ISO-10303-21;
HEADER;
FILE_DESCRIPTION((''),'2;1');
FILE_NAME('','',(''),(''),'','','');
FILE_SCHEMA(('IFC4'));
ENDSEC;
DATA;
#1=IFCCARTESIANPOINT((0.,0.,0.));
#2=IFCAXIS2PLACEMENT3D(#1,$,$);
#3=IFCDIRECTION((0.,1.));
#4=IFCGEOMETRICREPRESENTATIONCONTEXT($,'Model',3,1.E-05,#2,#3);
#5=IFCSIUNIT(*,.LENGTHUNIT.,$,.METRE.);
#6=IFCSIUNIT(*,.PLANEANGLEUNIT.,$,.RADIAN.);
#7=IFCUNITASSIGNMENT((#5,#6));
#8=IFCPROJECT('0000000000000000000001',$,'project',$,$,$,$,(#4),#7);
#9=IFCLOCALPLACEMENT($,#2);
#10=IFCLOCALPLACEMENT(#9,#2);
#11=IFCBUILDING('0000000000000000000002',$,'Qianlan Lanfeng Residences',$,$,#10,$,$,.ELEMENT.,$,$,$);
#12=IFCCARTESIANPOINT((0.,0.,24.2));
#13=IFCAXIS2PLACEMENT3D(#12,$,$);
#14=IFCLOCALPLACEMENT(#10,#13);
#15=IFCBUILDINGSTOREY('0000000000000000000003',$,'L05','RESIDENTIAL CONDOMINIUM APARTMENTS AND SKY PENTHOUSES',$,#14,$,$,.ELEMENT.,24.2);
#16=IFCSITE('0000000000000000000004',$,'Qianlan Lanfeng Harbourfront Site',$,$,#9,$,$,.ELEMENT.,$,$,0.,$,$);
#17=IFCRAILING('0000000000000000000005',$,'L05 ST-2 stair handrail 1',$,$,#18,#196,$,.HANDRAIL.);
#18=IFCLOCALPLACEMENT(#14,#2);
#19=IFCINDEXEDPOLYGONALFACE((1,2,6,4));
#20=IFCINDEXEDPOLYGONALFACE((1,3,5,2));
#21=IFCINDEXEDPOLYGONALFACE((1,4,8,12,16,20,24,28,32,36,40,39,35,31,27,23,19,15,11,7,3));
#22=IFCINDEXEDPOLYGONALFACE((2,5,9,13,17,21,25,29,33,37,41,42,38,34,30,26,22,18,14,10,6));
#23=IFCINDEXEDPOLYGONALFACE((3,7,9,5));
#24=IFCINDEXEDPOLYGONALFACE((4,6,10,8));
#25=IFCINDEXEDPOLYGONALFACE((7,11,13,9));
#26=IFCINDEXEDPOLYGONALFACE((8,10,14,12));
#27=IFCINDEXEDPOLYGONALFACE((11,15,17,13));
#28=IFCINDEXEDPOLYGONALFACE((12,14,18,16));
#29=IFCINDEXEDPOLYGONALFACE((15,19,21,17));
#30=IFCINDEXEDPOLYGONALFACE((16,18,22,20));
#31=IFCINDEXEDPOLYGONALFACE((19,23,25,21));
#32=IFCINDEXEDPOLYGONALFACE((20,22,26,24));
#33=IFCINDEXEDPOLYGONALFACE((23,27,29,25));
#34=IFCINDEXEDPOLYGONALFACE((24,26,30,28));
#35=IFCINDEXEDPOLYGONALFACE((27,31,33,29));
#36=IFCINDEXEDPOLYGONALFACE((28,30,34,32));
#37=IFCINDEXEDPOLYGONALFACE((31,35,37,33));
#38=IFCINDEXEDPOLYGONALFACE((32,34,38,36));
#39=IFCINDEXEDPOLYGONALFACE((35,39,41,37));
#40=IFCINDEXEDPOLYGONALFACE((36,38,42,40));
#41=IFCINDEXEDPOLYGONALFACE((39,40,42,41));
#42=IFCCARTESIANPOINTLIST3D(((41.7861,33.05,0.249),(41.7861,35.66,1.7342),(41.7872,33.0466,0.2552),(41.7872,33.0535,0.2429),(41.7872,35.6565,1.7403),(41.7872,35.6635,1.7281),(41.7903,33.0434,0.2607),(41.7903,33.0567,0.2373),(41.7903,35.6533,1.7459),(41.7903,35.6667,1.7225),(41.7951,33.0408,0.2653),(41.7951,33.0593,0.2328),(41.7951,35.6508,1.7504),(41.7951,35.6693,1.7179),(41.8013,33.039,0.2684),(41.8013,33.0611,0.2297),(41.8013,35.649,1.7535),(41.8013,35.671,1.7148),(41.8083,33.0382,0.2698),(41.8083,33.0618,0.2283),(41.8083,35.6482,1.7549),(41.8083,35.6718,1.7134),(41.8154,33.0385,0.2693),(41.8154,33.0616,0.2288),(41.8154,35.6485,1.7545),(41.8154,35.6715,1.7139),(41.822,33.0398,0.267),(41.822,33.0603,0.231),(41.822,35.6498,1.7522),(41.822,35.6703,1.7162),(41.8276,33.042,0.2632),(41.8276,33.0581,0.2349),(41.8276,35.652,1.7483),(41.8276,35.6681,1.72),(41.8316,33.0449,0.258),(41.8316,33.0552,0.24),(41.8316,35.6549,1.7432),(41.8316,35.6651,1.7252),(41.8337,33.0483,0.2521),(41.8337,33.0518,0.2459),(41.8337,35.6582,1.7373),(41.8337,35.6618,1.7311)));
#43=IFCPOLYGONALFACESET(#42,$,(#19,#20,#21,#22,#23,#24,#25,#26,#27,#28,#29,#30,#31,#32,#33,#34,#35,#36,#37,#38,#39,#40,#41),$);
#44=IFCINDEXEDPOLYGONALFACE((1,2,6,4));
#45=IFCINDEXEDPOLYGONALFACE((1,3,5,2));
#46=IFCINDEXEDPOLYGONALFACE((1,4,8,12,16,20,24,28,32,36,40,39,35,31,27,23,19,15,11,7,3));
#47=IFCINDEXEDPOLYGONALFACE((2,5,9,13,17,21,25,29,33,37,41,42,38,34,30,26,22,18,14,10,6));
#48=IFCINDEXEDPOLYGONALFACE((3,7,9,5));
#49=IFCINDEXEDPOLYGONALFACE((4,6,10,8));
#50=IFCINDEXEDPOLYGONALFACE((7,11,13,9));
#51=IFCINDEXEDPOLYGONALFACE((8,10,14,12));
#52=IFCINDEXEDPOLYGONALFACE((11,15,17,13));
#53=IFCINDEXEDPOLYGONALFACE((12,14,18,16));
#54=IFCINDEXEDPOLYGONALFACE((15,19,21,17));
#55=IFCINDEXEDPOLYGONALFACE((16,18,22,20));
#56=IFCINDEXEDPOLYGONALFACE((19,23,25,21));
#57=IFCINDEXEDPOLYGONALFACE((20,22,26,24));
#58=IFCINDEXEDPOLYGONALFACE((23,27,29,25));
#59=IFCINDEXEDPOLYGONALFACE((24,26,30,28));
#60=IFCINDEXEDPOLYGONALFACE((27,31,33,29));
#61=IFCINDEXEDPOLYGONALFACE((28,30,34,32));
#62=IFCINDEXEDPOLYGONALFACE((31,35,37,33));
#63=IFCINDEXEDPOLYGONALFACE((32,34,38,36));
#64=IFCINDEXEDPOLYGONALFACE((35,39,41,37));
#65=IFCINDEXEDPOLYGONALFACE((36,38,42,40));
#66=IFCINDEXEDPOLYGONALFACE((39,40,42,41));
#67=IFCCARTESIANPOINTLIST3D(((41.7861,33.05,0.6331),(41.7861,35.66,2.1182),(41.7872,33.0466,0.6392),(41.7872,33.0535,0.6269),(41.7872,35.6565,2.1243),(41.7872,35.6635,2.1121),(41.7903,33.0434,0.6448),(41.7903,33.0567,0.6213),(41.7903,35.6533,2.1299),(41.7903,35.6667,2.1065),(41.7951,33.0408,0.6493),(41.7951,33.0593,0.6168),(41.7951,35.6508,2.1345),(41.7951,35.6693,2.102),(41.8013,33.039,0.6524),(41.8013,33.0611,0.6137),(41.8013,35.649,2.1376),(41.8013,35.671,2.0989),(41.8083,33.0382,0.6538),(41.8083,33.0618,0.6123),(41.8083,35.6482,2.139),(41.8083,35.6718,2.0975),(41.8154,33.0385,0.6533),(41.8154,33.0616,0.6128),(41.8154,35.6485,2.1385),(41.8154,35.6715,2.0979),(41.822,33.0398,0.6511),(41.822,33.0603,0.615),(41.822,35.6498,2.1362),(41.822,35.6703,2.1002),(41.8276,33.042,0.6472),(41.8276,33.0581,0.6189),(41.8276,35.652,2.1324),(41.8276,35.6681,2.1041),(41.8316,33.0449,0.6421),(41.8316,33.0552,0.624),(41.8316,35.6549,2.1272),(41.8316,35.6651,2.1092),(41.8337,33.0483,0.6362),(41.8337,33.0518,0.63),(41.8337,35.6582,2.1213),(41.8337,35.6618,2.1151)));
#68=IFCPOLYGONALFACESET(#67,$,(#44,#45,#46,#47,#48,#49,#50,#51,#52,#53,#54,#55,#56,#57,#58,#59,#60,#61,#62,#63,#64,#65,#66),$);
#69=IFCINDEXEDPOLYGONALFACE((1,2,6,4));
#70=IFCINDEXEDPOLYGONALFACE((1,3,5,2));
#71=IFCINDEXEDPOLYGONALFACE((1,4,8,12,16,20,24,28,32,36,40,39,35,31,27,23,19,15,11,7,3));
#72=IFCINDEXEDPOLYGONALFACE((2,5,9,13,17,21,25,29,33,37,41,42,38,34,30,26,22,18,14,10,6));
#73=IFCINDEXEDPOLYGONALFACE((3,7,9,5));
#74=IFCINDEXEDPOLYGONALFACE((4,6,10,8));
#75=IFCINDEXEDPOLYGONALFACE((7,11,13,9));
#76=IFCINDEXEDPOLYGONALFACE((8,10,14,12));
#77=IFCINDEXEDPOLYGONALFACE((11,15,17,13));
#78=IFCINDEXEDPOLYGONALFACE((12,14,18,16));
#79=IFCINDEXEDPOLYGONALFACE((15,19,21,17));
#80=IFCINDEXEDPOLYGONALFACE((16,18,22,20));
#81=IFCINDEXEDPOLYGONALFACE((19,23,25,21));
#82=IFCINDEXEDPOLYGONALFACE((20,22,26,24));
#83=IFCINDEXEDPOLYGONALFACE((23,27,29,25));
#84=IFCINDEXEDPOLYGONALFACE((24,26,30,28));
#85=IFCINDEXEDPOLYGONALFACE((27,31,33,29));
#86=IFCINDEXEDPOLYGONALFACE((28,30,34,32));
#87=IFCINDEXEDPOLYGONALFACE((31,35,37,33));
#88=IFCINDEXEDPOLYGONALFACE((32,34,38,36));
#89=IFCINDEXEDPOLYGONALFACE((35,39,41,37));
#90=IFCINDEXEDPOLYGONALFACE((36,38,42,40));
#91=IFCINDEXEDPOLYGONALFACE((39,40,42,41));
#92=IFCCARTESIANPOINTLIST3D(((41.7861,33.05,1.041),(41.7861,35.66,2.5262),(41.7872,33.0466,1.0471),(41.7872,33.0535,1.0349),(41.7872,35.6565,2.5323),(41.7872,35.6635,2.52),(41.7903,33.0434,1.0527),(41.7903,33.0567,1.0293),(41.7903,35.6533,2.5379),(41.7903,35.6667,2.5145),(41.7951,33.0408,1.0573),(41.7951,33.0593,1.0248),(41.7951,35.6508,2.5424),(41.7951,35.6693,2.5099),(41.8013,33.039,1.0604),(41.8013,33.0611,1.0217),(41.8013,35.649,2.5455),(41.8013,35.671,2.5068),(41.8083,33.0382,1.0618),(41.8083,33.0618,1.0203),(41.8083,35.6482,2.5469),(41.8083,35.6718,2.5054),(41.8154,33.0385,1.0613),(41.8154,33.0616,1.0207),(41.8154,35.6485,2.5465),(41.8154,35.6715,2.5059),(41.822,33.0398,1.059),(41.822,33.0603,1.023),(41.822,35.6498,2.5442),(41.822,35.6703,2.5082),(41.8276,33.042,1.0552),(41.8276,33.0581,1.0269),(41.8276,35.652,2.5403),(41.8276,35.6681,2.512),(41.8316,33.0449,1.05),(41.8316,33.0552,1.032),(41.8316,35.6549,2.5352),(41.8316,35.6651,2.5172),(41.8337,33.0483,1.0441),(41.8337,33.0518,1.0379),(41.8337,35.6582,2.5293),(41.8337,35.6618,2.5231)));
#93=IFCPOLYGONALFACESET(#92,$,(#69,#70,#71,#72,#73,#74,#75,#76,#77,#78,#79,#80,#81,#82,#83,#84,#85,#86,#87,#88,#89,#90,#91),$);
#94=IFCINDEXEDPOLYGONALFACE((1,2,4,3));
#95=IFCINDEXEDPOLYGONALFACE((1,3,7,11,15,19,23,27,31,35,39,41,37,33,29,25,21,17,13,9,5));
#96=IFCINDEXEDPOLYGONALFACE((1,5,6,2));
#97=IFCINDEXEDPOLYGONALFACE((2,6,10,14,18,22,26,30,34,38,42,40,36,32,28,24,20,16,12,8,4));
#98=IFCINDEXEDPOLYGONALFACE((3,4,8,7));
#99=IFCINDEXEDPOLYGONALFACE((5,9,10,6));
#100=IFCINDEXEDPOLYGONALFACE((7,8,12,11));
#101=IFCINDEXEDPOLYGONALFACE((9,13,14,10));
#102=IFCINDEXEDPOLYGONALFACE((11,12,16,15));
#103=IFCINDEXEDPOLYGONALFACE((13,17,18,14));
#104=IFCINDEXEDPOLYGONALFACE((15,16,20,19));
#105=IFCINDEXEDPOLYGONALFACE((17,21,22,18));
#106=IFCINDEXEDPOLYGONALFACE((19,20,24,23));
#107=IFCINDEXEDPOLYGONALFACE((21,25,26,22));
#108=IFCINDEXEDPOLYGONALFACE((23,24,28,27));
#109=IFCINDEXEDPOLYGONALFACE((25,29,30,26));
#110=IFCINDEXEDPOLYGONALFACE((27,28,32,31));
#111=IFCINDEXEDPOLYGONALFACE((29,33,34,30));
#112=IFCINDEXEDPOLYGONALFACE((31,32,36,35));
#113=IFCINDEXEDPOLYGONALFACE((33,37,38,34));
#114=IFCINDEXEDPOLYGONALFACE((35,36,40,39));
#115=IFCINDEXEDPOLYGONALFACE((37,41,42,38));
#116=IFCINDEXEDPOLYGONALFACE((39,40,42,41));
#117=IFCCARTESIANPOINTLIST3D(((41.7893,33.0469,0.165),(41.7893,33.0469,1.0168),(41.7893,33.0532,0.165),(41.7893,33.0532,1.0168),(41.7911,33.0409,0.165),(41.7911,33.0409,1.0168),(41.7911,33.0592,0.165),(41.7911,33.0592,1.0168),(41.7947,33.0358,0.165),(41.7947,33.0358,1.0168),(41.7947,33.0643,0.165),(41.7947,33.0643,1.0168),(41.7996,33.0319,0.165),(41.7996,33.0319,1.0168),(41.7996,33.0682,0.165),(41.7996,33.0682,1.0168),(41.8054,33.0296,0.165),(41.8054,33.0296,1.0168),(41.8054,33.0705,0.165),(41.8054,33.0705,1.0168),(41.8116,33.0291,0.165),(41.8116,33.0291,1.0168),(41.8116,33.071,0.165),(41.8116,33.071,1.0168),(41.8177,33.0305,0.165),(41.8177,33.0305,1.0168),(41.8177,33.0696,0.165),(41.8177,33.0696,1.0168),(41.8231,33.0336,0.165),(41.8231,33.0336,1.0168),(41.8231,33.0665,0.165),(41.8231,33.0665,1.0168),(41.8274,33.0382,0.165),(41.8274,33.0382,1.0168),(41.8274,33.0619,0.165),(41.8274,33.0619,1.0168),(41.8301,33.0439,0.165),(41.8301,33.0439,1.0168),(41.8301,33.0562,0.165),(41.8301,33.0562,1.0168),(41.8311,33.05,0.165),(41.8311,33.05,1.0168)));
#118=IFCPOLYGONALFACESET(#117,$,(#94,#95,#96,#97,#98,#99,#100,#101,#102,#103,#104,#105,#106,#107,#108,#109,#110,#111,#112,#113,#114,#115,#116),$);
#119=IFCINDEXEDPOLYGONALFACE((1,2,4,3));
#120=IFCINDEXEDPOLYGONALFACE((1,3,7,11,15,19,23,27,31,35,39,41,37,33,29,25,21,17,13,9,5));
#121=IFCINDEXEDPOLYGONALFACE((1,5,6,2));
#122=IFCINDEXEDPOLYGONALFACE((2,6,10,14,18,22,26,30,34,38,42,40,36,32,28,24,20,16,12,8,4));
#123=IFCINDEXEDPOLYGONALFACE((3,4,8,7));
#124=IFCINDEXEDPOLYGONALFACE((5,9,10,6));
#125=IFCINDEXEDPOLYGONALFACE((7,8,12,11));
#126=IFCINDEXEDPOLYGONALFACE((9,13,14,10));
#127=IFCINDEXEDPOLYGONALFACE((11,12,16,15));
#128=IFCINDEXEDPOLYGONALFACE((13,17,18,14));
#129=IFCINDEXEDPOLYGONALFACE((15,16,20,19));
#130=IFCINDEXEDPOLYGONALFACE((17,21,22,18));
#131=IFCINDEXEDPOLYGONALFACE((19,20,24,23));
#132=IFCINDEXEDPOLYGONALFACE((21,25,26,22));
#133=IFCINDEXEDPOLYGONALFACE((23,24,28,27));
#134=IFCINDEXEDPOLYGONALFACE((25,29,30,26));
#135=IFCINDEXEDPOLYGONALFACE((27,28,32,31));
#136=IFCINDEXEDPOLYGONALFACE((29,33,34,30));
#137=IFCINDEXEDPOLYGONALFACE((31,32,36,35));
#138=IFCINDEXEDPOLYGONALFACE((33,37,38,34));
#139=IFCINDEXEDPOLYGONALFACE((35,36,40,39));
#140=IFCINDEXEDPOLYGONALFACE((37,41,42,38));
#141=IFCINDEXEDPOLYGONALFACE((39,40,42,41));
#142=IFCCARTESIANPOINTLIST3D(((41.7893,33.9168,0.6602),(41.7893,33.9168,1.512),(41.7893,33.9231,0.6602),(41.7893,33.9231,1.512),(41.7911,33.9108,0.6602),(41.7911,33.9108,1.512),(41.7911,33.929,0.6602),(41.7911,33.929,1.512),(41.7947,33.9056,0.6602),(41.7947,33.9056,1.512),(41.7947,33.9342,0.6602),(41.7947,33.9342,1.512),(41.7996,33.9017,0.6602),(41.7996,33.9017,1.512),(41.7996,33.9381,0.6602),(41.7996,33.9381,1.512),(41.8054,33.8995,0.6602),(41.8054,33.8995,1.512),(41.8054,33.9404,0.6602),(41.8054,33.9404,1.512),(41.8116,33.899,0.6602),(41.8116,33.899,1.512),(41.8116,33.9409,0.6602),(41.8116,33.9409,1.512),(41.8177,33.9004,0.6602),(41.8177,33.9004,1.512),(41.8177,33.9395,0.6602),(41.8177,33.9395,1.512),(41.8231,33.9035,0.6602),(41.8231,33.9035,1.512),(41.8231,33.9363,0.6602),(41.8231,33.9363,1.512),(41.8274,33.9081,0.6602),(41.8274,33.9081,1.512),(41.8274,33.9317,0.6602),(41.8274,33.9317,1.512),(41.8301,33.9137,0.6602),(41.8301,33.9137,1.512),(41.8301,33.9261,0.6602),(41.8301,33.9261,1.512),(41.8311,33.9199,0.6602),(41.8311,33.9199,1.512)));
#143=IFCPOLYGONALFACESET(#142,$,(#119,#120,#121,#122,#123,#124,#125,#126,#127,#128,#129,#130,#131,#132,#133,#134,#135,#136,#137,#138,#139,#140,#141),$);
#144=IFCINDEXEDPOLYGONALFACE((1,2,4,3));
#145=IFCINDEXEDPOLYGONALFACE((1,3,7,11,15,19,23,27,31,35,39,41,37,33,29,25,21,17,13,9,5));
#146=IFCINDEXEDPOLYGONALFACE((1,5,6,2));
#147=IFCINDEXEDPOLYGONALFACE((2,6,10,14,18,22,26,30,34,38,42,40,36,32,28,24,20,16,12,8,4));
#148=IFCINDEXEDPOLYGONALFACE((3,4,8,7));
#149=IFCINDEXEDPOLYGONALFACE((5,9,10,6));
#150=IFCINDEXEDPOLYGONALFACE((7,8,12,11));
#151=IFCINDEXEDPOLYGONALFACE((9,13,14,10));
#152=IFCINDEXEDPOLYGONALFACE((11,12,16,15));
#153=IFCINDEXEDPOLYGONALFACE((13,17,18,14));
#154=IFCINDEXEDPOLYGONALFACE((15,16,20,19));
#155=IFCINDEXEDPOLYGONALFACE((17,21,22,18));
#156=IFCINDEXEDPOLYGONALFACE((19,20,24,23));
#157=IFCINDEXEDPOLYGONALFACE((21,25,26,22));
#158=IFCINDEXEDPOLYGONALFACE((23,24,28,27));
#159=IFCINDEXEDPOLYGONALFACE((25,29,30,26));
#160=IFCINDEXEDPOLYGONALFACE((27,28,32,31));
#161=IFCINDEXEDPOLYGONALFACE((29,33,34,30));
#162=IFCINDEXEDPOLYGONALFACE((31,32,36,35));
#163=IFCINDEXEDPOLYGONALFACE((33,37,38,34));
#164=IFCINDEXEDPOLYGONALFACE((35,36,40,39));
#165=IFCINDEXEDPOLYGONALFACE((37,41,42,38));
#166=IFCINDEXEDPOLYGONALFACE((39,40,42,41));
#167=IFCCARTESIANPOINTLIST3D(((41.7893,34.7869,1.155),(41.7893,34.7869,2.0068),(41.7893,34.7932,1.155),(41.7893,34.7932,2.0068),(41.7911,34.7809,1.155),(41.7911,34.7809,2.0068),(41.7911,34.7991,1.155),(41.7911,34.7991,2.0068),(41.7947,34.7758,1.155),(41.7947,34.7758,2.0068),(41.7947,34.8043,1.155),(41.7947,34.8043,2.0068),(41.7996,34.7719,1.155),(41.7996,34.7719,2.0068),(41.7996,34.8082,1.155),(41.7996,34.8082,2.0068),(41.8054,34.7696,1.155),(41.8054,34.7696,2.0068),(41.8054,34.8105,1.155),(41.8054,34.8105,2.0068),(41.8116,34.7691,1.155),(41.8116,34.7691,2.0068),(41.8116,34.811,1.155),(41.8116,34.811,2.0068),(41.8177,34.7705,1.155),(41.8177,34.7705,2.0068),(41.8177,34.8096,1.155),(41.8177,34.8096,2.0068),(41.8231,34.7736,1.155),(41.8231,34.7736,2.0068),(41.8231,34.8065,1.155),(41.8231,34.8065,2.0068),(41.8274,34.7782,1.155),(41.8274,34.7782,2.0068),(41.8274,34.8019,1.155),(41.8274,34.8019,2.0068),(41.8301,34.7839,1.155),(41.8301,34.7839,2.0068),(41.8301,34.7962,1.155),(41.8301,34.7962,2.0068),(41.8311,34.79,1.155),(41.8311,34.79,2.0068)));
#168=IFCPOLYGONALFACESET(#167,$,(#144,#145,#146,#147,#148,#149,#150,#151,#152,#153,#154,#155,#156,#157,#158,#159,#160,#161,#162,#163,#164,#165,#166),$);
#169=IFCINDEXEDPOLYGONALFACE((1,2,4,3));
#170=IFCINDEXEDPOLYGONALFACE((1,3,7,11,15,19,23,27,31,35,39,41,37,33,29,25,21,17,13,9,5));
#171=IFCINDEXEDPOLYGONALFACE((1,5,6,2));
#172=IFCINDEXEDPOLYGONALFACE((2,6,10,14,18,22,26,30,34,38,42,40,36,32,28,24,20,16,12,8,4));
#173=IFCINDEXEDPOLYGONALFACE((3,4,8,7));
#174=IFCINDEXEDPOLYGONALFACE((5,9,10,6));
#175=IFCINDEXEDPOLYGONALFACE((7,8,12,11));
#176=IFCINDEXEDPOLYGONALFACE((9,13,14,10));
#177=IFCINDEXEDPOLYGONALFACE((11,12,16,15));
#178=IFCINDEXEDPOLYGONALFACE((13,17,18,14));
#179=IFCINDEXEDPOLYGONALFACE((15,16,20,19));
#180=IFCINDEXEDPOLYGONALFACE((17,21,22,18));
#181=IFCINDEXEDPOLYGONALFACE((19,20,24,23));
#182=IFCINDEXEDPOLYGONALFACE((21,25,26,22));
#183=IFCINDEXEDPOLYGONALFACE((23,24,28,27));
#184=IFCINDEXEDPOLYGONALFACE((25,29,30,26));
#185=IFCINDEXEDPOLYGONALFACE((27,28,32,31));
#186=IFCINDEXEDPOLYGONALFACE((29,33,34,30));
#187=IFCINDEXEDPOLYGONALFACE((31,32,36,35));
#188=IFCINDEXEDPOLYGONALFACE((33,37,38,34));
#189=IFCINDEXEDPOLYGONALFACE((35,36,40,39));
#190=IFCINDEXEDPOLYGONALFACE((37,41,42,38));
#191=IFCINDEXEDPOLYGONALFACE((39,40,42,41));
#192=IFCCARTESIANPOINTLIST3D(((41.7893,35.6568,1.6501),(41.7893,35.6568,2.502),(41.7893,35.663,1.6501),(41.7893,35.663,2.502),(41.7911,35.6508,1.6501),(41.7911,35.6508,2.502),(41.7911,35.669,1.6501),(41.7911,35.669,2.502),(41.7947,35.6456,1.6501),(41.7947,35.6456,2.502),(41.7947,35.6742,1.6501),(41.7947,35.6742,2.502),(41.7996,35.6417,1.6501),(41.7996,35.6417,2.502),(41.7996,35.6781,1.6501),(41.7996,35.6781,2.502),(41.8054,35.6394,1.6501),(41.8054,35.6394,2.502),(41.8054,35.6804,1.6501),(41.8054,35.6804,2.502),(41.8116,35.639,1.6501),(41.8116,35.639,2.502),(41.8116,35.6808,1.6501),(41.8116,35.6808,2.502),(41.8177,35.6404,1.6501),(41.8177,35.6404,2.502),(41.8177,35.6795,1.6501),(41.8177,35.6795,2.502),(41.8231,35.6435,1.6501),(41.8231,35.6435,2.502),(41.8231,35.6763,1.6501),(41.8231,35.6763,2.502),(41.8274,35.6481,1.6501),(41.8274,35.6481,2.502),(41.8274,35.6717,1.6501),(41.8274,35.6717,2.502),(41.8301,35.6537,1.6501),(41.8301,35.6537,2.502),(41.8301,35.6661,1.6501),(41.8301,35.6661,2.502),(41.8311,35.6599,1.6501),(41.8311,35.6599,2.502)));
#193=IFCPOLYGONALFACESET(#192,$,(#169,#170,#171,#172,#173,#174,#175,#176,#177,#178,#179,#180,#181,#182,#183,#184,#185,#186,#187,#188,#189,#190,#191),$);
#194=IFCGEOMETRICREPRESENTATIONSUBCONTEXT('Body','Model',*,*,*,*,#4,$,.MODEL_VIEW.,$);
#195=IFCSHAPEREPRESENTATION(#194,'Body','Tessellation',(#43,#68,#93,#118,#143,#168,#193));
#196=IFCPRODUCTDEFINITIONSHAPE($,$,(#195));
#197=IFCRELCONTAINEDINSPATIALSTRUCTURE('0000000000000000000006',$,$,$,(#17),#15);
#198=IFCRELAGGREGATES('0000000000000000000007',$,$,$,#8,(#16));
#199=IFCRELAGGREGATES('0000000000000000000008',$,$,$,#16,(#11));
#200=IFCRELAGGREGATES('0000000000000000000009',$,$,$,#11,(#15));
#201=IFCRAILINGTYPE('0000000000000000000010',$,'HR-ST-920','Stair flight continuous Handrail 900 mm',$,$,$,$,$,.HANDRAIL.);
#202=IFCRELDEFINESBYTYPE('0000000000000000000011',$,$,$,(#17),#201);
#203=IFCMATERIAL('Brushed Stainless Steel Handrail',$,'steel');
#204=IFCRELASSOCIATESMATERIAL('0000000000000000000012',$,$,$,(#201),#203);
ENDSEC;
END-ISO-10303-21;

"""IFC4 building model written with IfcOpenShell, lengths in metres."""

from ifc_helpers import new_model, si_unit, direction, frame, origin, origin_2d, place, context, subcontext, project, spatial, circle, extrude, material, type_object, element, save


model = new_model("IFC4")

# Units and contexts
model_context = context("Model", 3, precision=1e-05, world=origin(), true_north=direction((0.0, 1.0)))
body_context = subcontext(model_context, "Body", "Model", "MODEL_VIEW")
ifc_project = project(units=[si_unit("LENGTHUNIT", "METRE"), si_unit("PLANEANGLEUNIT", "RADIAN")], contexts=[model_context])

# Site, building, storey
site_placement = place(None, origin())
site = spatial("IfcSite", under=ifc_project, at=site_placement, Name="Qianlan Lanfeng Harbourfront Site", CompositionType="ELEMENT", RefElevation=0.0)
building_placement = place(site_placement, origin())
building = spatial("IfcBuilding", under=site, at=building_placement, Name="Qianlan Lanfeng Residences", CompositionType="ELEMENT")
storey_placement = place(building_placement, frame((0.0, 0.0, 24.2)))
storey = spatial("IfcBuildingStorey", under=building, at=storey_placement, Name="L05", Description="RESIDENTIAL CONDOMINIUM APARTMENTS AND SKY PENTHOUSES", CompositionType="ELEMENT", Elevation=24.2)

# Railing
ifc_material_1 = material(Name="Brushed Stainless Steel Handrail", Category="steel")
railing_type_1 = type_object("IfcRailingType", Name="HR-ST-920", Description="Stair flight continuous Handrail 900 mm", PredefinedType="HANDRAIL", material=ifc_material_1)
railing_1_placement = place(storey_placement, frame((41.8101, 33.05, 0.165)))
element("IfcRailing", 1, at=railing_1_placement, inside=storey, type_object=railing_type_1, Name="L05 ST-2 stair handrail 1", PredefinedType="HANDRAIL", context=body_context, shape_type="SweptSolid", body=[
    extrude(circle(Radius=0.0239, at=origin_2d()), frame((0.0, 0.0, 0.084), z_axis=(0.0, 0.869137, 0.494571), x_axis=(-1.0, 0.0, 0.0)), (0.0, 0.0, 1.0), 3.0029),
    extrude(circle(Radius=0.0239, at=origin_2d()), frame((0.0, 0.0, 0.468), z_axis=(0.0, 0.869137, 0.494571), x_axis=(-1.0, 0.0, 0.0)), (0.0, 0.0, 1.0), 3.0029),
    extrude(circle(Radius=0.0239, at=origin_2d()), frame((0.0, 0.0, 0.876), z_axis=(0.0, 0.869137, 0.494571), x_axis=(-1.0, 0.0, 0.0)), (0.0, 0.0, 1.0), 3.0029),
    extrude(circle(Radius=0.021, at=origin_2d()), origin(), (0.0, 0.0, 1.0), 0.8518),
    extrude(circle(Radius=0.021, at=origin_2d()), frame((0.0, 0.8699, 0.4951)), (0.0, 0.0, 1.0), 0.8518),
    extrude(circle(Radius=0.021, at=origin_2d()), frame((0.0, 1.74, 0.99)), (0.0, 0.0, 1.0), 0.8518),
    extrude(circle(Radius=0.021, at=origin_2d()), frame((0.0, 2.6099, 1.4851)), (0.0, 0.0, 1.0), 0.8518),
])

save(model, "model.ifc")
